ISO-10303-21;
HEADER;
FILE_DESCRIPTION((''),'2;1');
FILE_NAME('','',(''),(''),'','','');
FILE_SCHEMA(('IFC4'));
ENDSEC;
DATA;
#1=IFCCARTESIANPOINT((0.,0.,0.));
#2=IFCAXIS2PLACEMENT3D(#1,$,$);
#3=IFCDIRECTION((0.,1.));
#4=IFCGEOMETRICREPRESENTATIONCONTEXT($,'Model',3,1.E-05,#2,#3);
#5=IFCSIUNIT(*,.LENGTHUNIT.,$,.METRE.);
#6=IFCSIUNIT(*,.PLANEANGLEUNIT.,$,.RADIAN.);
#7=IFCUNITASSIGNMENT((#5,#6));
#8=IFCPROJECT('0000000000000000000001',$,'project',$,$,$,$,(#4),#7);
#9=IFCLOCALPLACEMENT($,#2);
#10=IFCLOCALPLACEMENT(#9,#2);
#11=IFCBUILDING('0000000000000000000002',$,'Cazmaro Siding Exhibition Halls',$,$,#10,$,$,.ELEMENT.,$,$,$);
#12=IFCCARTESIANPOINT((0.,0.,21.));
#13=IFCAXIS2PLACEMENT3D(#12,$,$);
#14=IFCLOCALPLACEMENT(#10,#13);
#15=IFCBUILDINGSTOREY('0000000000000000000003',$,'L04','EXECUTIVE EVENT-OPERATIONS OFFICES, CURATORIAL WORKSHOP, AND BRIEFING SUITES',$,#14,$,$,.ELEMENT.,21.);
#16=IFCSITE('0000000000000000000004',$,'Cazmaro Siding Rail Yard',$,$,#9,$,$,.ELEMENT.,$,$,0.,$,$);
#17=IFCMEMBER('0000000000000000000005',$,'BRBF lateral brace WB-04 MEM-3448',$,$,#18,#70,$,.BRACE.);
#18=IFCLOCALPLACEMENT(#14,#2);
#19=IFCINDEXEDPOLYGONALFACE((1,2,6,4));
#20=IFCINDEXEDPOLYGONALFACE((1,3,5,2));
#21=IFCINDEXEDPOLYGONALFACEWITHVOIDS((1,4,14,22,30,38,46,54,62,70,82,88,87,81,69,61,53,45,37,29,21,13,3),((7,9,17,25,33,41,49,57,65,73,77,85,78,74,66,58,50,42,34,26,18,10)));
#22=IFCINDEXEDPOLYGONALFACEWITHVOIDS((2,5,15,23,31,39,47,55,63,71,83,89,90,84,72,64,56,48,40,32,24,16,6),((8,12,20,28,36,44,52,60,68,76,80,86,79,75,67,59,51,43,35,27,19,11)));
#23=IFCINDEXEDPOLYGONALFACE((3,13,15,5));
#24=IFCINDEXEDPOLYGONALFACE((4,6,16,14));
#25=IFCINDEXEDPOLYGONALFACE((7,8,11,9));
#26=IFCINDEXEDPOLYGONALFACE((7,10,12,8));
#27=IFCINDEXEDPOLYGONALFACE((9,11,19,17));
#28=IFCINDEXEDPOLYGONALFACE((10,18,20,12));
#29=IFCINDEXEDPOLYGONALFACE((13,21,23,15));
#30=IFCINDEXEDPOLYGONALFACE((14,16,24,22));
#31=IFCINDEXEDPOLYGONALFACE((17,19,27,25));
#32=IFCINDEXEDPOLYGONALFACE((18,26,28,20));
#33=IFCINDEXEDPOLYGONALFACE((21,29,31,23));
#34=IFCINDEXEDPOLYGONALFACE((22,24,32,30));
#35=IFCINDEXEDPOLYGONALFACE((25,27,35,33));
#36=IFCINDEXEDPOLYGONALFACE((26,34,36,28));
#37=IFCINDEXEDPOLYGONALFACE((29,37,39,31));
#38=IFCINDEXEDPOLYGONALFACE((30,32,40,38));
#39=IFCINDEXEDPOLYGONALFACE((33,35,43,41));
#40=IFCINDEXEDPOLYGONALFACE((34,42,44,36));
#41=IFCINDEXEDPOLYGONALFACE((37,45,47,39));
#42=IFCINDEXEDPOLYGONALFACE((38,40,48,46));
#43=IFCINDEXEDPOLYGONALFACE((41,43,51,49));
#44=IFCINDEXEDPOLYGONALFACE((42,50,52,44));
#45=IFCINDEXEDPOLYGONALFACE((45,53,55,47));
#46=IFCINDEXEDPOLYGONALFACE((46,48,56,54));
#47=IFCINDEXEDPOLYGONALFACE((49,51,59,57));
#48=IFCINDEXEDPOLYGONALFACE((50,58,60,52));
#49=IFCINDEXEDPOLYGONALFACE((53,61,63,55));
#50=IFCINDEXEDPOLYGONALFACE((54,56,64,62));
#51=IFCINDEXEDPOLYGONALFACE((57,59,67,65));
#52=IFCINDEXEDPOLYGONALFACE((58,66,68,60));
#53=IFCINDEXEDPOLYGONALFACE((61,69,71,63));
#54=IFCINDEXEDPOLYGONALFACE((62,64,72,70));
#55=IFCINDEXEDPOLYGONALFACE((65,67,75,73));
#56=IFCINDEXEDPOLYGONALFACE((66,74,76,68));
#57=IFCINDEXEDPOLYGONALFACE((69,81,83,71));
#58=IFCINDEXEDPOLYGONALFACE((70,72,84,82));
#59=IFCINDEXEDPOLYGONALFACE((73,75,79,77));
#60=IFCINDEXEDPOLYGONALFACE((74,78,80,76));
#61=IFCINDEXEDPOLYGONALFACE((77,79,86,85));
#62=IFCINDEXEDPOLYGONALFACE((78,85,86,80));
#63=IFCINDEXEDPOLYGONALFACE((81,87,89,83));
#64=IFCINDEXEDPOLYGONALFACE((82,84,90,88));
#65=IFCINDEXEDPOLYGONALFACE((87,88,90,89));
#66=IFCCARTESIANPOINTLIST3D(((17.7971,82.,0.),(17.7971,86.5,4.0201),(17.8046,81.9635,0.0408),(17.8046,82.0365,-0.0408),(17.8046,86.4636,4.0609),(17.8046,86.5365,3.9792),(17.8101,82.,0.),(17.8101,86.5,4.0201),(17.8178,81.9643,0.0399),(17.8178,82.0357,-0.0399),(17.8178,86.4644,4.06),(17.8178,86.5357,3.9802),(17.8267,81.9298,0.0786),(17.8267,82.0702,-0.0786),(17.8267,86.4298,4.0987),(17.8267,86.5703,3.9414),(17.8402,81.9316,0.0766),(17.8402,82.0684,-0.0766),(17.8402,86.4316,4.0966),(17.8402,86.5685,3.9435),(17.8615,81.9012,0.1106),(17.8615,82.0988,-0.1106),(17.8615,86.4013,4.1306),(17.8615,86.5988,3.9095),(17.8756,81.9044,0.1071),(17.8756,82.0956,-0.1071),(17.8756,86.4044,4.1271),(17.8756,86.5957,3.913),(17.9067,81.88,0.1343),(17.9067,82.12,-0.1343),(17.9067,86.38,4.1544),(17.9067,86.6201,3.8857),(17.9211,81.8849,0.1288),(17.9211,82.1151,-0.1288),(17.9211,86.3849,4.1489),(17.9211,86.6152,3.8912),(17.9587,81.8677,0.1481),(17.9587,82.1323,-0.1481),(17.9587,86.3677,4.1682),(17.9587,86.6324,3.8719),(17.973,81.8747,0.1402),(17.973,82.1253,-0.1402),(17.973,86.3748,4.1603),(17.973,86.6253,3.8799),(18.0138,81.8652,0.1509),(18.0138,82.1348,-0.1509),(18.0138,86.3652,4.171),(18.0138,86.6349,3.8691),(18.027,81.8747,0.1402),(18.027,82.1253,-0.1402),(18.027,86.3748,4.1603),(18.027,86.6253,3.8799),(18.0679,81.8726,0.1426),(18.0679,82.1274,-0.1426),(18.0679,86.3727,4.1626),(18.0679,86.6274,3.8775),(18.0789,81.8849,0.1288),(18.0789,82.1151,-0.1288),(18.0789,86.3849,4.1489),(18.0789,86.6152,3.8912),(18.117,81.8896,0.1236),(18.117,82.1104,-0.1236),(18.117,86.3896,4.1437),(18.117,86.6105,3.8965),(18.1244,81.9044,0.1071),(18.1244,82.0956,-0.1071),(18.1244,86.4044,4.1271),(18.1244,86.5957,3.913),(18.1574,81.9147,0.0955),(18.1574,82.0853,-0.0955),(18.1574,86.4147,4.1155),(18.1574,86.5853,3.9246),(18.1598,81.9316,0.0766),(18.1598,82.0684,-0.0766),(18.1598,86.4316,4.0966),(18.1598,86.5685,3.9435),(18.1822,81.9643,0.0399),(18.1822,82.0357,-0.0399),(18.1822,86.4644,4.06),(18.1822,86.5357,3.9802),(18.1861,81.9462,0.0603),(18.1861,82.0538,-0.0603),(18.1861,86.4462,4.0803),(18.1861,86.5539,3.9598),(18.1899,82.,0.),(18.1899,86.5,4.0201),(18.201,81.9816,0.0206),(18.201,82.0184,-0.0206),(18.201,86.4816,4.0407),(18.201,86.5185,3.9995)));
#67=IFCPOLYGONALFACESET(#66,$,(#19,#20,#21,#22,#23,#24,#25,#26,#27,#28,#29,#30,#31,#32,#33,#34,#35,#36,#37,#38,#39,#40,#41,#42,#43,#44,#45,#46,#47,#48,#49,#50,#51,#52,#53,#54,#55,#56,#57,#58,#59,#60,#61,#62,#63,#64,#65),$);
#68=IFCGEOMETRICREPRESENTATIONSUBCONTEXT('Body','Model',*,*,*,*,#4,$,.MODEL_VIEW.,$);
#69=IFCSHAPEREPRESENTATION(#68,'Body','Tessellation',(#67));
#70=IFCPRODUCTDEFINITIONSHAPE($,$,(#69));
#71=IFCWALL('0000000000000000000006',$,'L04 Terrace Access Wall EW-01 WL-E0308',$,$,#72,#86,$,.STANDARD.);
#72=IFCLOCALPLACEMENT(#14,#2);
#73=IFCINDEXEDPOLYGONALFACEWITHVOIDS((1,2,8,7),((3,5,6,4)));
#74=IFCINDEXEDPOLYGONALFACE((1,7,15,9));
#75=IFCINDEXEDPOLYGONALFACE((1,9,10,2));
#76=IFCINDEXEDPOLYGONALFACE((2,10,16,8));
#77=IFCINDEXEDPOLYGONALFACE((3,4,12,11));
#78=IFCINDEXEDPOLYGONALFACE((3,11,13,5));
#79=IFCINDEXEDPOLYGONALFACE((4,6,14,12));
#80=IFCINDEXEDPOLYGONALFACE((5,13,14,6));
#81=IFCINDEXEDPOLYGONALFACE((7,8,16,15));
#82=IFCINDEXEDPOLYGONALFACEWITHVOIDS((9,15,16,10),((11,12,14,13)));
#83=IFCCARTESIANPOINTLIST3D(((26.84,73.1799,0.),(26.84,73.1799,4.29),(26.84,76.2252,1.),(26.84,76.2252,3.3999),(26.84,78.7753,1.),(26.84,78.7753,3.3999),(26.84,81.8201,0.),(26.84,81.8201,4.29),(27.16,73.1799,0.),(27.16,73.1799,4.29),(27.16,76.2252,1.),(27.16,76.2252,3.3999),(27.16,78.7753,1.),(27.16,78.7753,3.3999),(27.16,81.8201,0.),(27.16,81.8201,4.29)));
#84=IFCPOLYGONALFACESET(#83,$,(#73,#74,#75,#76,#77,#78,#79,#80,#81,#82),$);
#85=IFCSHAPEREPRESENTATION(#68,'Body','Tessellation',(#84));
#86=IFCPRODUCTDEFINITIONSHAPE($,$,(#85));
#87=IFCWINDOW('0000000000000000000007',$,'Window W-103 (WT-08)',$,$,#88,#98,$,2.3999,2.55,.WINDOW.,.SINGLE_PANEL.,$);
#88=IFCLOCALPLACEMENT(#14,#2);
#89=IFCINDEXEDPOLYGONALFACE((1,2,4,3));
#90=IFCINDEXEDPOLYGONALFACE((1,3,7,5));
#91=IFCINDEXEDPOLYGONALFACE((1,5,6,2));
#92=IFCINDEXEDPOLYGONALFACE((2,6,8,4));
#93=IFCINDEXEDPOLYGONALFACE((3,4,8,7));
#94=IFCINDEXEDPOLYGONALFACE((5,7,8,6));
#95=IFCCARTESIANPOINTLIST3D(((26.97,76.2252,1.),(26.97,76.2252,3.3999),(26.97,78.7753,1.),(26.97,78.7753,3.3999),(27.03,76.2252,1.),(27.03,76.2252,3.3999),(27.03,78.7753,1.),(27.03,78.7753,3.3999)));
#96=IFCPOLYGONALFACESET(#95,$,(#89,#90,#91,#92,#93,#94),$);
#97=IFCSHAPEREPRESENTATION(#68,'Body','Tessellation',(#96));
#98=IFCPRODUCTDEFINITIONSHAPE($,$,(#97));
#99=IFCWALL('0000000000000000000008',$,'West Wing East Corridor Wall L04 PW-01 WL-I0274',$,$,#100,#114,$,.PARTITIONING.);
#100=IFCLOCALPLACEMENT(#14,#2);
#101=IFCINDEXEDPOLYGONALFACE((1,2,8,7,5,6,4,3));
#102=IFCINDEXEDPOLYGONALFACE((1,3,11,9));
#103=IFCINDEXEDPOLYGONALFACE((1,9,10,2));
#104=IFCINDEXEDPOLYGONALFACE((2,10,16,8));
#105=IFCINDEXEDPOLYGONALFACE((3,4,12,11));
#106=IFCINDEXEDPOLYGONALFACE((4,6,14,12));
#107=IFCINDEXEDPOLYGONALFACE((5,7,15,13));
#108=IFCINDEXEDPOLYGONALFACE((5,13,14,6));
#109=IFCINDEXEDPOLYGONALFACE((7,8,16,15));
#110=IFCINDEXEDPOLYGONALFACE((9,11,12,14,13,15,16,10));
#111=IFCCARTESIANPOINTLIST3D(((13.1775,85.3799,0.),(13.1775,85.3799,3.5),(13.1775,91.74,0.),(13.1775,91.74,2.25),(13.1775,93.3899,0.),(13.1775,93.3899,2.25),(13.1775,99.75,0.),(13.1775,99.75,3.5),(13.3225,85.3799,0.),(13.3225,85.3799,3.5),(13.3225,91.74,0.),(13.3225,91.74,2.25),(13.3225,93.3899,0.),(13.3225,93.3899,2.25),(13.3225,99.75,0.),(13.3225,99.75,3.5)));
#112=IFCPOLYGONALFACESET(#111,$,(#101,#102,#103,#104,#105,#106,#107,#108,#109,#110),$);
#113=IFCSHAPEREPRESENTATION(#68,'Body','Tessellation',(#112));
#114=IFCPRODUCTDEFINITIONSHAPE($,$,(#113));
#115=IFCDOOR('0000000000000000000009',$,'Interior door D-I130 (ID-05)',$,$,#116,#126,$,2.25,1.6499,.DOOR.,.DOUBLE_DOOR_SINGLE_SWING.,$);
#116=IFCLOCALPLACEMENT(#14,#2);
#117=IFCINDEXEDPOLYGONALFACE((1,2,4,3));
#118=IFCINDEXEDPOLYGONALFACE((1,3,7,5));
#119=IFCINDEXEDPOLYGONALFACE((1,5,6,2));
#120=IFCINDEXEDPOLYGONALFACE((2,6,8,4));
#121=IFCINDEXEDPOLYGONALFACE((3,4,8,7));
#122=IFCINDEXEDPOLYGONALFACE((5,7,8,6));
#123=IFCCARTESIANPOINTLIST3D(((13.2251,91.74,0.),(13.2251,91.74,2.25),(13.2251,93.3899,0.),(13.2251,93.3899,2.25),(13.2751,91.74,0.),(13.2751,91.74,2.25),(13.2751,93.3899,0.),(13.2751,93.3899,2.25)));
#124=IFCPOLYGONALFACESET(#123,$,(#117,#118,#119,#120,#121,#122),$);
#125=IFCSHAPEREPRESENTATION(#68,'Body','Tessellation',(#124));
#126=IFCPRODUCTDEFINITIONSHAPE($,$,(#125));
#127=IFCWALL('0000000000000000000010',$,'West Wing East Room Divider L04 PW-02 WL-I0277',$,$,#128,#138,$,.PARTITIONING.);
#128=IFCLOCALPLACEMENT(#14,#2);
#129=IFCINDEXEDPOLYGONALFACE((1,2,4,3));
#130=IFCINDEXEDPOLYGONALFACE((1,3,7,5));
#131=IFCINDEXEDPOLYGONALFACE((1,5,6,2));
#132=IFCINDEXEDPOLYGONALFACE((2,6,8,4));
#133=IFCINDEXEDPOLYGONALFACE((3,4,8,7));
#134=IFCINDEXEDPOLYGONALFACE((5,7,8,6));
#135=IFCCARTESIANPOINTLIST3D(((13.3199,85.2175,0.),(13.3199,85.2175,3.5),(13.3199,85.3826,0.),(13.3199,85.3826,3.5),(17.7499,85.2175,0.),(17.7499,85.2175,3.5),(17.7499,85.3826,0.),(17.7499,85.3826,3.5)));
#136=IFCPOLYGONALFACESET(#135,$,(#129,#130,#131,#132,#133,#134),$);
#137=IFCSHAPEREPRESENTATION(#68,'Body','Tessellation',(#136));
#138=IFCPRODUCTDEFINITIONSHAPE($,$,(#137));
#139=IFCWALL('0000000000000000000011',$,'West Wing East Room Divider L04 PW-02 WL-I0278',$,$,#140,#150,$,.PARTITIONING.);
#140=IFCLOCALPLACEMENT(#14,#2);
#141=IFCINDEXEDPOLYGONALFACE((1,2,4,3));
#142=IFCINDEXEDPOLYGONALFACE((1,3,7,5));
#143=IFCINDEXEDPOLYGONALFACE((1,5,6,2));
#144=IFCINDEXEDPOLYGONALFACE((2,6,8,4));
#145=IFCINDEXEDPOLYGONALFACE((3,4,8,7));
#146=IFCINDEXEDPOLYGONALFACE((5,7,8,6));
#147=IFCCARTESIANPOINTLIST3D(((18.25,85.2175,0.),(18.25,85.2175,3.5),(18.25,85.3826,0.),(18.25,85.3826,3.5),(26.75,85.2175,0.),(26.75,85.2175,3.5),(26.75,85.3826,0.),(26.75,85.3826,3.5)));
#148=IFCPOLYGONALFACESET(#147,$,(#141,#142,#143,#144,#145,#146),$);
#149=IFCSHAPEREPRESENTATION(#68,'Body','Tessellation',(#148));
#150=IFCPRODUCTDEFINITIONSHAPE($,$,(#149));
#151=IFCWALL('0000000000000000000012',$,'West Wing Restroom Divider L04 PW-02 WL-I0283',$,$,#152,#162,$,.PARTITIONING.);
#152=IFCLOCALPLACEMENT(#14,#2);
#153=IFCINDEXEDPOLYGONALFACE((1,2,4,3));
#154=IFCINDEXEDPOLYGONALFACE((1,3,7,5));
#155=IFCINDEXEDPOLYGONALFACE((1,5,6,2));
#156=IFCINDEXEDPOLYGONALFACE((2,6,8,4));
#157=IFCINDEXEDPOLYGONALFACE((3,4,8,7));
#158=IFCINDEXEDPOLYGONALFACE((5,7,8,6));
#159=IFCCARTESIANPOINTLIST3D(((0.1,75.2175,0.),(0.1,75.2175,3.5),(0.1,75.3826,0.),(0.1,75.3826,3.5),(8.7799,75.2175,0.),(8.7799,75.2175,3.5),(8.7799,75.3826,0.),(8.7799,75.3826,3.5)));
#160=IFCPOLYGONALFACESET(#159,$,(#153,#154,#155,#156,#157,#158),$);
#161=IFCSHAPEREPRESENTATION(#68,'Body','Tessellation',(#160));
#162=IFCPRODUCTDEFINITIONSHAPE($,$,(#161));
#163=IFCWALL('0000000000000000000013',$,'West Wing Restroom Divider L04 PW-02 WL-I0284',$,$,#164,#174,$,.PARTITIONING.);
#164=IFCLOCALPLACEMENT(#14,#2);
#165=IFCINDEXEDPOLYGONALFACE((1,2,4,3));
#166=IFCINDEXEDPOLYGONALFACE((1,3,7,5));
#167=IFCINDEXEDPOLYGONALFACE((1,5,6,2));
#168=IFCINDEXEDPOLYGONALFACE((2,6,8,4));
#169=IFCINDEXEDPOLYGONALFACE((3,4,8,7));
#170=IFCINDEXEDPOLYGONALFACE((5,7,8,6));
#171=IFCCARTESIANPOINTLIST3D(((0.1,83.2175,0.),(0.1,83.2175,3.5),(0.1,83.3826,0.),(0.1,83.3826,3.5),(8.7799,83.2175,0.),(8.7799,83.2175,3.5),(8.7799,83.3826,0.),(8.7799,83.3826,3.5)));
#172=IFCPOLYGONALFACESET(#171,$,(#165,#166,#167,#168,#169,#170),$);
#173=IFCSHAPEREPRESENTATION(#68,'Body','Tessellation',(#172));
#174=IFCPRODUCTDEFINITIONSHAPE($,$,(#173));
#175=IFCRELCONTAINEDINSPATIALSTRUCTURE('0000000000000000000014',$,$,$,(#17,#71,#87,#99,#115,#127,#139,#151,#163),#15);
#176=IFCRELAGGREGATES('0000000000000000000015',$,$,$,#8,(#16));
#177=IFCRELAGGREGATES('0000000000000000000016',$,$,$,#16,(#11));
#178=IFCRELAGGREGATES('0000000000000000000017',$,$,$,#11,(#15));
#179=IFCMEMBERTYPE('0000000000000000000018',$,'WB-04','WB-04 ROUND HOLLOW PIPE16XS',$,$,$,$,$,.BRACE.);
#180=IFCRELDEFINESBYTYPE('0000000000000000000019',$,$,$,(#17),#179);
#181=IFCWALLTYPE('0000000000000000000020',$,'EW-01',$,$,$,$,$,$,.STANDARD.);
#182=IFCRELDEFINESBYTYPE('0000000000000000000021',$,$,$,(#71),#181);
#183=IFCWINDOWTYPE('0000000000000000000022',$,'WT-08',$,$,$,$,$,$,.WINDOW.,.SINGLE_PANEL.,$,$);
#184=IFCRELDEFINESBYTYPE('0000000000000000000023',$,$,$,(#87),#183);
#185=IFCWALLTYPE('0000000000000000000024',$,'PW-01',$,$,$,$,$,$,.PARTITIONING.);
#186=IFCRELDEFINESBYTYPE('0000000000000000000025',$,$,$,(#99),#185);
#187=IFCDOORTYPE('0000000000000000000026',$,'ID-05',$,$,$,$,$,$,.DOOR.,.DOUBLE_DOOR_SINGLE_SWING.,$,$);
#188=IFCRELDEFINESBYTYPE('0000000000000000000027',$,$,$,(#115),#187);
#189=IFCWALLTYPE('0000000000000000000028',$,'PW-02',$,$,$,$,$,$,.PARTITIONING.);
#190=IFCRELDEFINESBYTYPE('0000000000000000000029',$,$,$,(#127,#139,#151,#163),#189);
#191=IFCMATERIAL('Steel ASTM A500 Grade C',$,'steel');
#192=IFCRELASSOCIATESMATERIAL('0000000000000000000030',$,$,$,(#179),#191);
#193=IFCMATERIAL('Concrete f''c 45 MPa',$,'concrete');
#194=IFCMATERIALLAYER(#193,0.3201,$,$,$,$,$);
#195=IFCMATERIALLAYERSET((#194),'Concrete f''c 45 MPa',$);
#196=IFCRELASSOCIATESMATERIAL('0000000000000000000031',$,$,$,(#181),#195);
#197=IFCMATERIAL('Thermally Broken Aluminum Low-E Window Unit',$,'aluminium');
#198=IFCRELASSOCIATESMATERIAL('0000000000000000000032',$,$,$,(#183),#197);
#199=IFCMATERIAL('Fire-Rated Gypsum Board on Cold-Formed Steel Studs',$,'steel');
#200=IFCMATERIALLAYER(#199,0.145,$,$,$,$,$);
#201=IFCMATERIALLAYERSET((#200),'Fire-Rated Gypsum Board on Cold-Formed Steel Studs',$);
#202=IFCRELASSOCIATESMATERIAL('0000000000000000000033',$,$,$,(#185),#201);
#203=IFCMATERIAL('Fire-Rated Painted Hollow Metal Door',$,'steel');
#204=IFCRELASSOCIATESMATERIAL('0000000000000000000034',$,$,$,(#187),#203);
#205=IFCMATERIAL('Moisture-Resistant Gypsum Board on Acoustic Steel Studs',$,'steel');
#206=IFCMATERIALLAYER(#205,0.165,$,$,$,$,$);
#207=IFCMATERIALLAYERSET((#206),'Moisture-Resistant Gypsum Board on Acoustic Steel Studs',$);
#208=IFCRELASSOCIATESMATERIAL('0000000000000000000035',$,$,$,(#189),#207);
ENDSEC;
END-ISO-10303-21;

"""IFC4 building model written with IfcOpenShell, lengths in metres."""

from ifc_helpers import new_model, si_unit, direction, frame, frame_2d, origin, origin_2d, place, context, subcontext, project, spatial, rectangle, hollow_circle, extrude, material, layer, layer_set, material_profile, profile_set, type_object, element, fill, save


model = new_model("IFC4")

# Units and contexts
model_context = context("Model", 3, precision=1e-05, world=origin(), true_north=direction((0.0, 1.0)))
body_context = subcontext(model_context, "Body", "Model", "MODEL_VIEW")
ifc_project = project(units=[si_unit("LENGTHUNIT", "METRE"), si_unit("PLANEANGLEUNIT", "RADIAN")], contexts=[model_context])

# Site, building, storey
site_placement = place(None, origin())
site = spatial("IfcSite", under=ifc_project, at=site_placement, Name="Cazmaro Siding Rail Yard", CompositionType="ELEMENT", RefElevation=0.0)
building_placement = place(site_placement, origin())
building = spatial("IfcBuilding", under=site, at=building_placement, Name="Cazmaro Siding Exhibition Halls", CompositionType="ELEMENT")
storey_placement = place(building_placement, frame((0.0, 0.0, 21.0)))
storey = spatial("IfcBuildingStorey", under=building, at=storey_placement, Name="L04", Description="EXECUTIVE EVENT-OPERATIONS OFFICES, CURATORIAL WORKSHOP, AND BRIEFING SUITES", CompositionType="ELEMENT", Elevation=21.0)

# Member
ifc_material_1 = material(Name="Steel ASTM A500 Grade C", Category="steel")
ifc_material_profile_1 = material_profile(ifc_material_1, hollow_circle(Radius=0.2029, WallThickness=0.0129, at=origin_2d()), Name="PIPE16XS")
ifc_profile_set_1 = profile_set([ifc_material_profile_1], Name="Steel ASTM A500 Grade C")
member_type_1 = type_object("IfcMemberType", Name="WB-04", Description="WB-04 ROUND HOLLOW PIPE16XS", PredefinedType="BRACE", material=ifc_profile_set_1)
member_1_placement = place(storey_placement, frame((18.0, 82.0, 0.0), z_axis=(0.0, 0.74576, 0.666215), x_axis=(-1.0, 0.0, 0.0)))
element("IfcMember", 1, at=member_1_placement, inside=storey, type_object=member_type_1, Name="BRBF lateral brace WB-04 MEM-3448", PredefinedType="BRACE", context=body_context, shape_type="SweptSolid", body=[
    extrude(hollow_circle(Radius=0.2029, WallThickness=0.0129, at=origin_2d()), origin(), (0.0, 0.0, 1.0), 6.0342),
])

# Wall, opening, window
ifc_material_2 = material(Name="Concrete f'c 45 MPa", Category="concrete")
ifc_layer_1 = layer(ifc_material_2, 0.3201)
ifc_layer_set_1 = layer_set([ifc_layer_1], Name="Concrete f'c 45 MPa")
wall_type_1 = type_object("IfcWallType", Name="EW-01", PredefinedType="STANDARD", material=ifc_layer_set_1)
wall_1_placement = place(storey_placement, frame((27.0, 81.8201, 0.0), z_axis=(0.0, 0.0, 1.0), x_axis=(0.0, -1.0, 0.0)))
wall_1 = element("IfcWall", 2, at=wall_1_placement, inside=storey, type_object=wall_type_1, Name="L04 Terrace Access Wall EW-01 WL-E0308", PredefinedType="STANDARD", context=body_context, shape_type="SweptSolid", body=[
    extrude(rectangle(XDim=8.6401, YDim=0.3201, at=frame_2d((4.3201, 0.0))), origin(), (0.0, 0.0, 1.0), 4.29),
])
opening_1_placement = place(wall_1_placement, frame((3.0449, 0.0, 1.0)))
opening_1 = element("IfcOpeningElement", 3, at=opening_1_placement, cuts=wall_1, PredefinedType="OPENING", context=body_context, shape_type="SweptSolid", body=[
    extrude(rectangle(XDim=2.55, YDim=2.3999, at=frame_2d((1.2749, 1.2))), frame((0.0, 0.1699, 0.0), z_axis=(0.0, -1.0, 0.0), x_axis=(1.0, 0.0, 0.0)), (0.0, 0.0, 1.0), 0.3401),
])
ifc_material_3 = material(Name="Thermally Broken Aluminum Low-E Window Unit", Category="aluminium")
window_type = type_object("IfcWindowType", Name="WT-08", PartitioningType="SINGLE_PANEL", PredefinedType="WINDOW", material=ifc_material_3)
window_placement = place(opening_1_placement, origin())
window = element("IfcWindow", 4, at=window_placement, inside=storey, type_object=window_type, Name="Window W-103 (WT-08)", OverallHeight=2.3999, OverallWidth=2.55, PartitioningType="SINGLE_PANEL", PredefinedType="WINDOW", context=body_context, shape_type="SweptSolid", body=[
    extrude(rectangle(XDim=2.55, YDim=2.3999, at=frame_2d((1.2749, 1.2))), frame((0.0, 0.03, 0.0), z_axis=(0.0, -1.0, 0.0), x_axis=(1.0, 0.0, 0.0)), (0.0, 0.0, 1.0), 0.0601),
])
fill(opening_1, window)

# Wall, opening, door
ifc_material_4 = material(Name="Fire-Rated Gypsum Board on Cold-Formed Steel Studs", Category="steel")
ifc_layer_2 = layer(ifc_material_4, 0.145)
ifc_layer_set_2 = layer_set([ifc_layer_2], Name="Fire-Rated Gypsum Board on Cold-Formed Steel Studs")
wall_type_2 = type_object("IfcWallType", Name="PW-01", PredefinedType="PARTITIONING", material=ifc_layer_set_2)
wall_2_placement = place(storey_placement, frame((13.25, 85.3799, 0.0), z_axis=(0.0, 0.0, 1.0), x_axis=(0.0, 1.0, 0.0)))
wall_2 = element("IfcWall", 5, at=wall_2_placement, inside=storey, type_object=wall_type_2, Name="West Wing East Corridor Wall L04 PW-01 WL-I0274", PredefinedType="PARTITIONING", context=body_context, shape_type="SweptSolid", body=[
    extrude(rectangle(XDim=14.3701, YDim=0.145, at=frame_2d((7.1851, 0.0))), origin(), (0.0, 0.0, 1.0), 3.5),
])
opening_2_placement = place(wall_2_placement, frame((6.3601, 0.0, 0.0)))
opening_2 = element("IfcOpeningElement", 6, at=opening_2_placement, cuts=wall_2, PredefinedType="OPENING", context=body_context, shape_type="SweptSolid", body=[
    extrude(rectangle(XDim=1.6499, YDim=2.25, at=frame_2d((0.825, 1.125))), frame((0.0, 0.0825, 0.0), z_axis=(0.0, -1.0, 0.0), x_axis=(1.0, 0.0, 0.0)), (0.0, 0.0, 1.0), 0.165),
])
ifc_material_5 = material(Name="Fire-Rated Painted Hollow Metal Door", Category="steel")
door_type = type_object("IfcDoorType", Name="ID-05", OperationType="DOUBLE_DOOR_SINGLE_SWING", PredefinedType="DOOR", material=ifc_material_5)
door_placement = place(opening_2_placement, origin())
door = element("IfcDoor", 7, at=door_placement, inside=storey, type_object=door_type, Name="Interior door D-I130 (ID-05)", OperationType="DOUBLE_DOOR_SINGLE_SWING", OverallHeight=2.25, OverallWidth=1.6499, PredefinedType="DOOR", context=body_context, shape_type="SweptSolid", body=[
    extrude(rectangle(XDim=1.6499, YDim=2.25, at=frame_2d((0.825, 1.125))), frame((0.0, 0.0249, 0.0), z_axis=(0.0, -1.0, 0.0), x_axis=(1.0, 0.0, 0.0)), (0.0, 0.0, 1.0), 0.05),
])
fill(opening_2, door)

# Walls
ifc_material_6 = material(Name="Moisture-Resistant Gypsum Board on Acoustic Steel Studs", Category="steel")
ifc_layer_3 = layer(ifc_material_6, 0.165)
ifc_layer_set_3 = layer_set([ifc_layer_3], Name="Moisture-Resistant Gypsum Board on Acoustic Steel Studs")
wall_type_3 = type_object("IfcWallType", Name="PW-02", PredefinedType="PARTITIONING", material=ifc_layer_set_3)
wall_3_placement = place(storey_placement, frame((13.3201, 85.3, 0.0), z_axis=(0.0, 0.0, 1.0), x_axis=(1.0, 0.0, 0.0)))
element("IfcWall", 8, at=wall_3_placement, inside=storey, type_object=wall_type_3, Name="West Wing East Room Divider L04 PW-02 WL-I0277", PredefinedType="PARTITIONING", context=body_context, shape_type="SweptSolid", body=[
    extrude(rectangle(XDim=4.4299, YDim=0.165, at=frame_2d((2.2148, 0.0))), origin(), (0.0, 0.0, 1.0), 3.5),
])
wall_4_placement = place(storey_placement, frame((18.25, 85.3, 0.0), z_axis=(0.0, 0.0, 1.0), x_axis=(1.0, 0.0, 0.0)))
element("IfcWall", 9, at=wall_4_placement, inside=storey, type_object=wall_type_3, Name="West Wing East Room Divider L04 PW-02 WL-I0278", PredefinedType="PARTITIONING", context=body_context, shape_type="SweptSolid", body=[
    extrude(rectangle(XDim=8.5, YDim=0.165, at=frame_2d((4.25, 0.0))), origin(), (0.0, 0.0, 1.0), 3.5),
])
for number, where, z_axis, x_axis, name in (
    (10, (0.1001, 75.3, 0.0), (0.0, 0.0, 1.0), (1.0, 0.0, 0.0), "West Wing Restroom Divider L04 PW-02 WL-I0283"),
    (11, (0.1001, 83.3, 0.0), (0.0, 0.0, 1.0), (1.0, 0.0, 0.0), "West Wing Restroom Divider L04 PW-02 WL-I0284"),
):
    element("IfcWall", number, at=place(storey_placement, frame(where, z_axis=z_axis, x_axis=x_axis)), inside=storey, type_object=wall_type_3, Name=name, PredefinedType="PARTITIONING", context=body_context, shape_type="SweptSolid", body=[
        extrude(rectangle(XDim=8.6799, YDim=0.165, at=frame_2d((4.3398, 0.0))), origin(), (0.0, 0.0, 1.0), 3.5),
    ])

save(model, "model.ifc")
